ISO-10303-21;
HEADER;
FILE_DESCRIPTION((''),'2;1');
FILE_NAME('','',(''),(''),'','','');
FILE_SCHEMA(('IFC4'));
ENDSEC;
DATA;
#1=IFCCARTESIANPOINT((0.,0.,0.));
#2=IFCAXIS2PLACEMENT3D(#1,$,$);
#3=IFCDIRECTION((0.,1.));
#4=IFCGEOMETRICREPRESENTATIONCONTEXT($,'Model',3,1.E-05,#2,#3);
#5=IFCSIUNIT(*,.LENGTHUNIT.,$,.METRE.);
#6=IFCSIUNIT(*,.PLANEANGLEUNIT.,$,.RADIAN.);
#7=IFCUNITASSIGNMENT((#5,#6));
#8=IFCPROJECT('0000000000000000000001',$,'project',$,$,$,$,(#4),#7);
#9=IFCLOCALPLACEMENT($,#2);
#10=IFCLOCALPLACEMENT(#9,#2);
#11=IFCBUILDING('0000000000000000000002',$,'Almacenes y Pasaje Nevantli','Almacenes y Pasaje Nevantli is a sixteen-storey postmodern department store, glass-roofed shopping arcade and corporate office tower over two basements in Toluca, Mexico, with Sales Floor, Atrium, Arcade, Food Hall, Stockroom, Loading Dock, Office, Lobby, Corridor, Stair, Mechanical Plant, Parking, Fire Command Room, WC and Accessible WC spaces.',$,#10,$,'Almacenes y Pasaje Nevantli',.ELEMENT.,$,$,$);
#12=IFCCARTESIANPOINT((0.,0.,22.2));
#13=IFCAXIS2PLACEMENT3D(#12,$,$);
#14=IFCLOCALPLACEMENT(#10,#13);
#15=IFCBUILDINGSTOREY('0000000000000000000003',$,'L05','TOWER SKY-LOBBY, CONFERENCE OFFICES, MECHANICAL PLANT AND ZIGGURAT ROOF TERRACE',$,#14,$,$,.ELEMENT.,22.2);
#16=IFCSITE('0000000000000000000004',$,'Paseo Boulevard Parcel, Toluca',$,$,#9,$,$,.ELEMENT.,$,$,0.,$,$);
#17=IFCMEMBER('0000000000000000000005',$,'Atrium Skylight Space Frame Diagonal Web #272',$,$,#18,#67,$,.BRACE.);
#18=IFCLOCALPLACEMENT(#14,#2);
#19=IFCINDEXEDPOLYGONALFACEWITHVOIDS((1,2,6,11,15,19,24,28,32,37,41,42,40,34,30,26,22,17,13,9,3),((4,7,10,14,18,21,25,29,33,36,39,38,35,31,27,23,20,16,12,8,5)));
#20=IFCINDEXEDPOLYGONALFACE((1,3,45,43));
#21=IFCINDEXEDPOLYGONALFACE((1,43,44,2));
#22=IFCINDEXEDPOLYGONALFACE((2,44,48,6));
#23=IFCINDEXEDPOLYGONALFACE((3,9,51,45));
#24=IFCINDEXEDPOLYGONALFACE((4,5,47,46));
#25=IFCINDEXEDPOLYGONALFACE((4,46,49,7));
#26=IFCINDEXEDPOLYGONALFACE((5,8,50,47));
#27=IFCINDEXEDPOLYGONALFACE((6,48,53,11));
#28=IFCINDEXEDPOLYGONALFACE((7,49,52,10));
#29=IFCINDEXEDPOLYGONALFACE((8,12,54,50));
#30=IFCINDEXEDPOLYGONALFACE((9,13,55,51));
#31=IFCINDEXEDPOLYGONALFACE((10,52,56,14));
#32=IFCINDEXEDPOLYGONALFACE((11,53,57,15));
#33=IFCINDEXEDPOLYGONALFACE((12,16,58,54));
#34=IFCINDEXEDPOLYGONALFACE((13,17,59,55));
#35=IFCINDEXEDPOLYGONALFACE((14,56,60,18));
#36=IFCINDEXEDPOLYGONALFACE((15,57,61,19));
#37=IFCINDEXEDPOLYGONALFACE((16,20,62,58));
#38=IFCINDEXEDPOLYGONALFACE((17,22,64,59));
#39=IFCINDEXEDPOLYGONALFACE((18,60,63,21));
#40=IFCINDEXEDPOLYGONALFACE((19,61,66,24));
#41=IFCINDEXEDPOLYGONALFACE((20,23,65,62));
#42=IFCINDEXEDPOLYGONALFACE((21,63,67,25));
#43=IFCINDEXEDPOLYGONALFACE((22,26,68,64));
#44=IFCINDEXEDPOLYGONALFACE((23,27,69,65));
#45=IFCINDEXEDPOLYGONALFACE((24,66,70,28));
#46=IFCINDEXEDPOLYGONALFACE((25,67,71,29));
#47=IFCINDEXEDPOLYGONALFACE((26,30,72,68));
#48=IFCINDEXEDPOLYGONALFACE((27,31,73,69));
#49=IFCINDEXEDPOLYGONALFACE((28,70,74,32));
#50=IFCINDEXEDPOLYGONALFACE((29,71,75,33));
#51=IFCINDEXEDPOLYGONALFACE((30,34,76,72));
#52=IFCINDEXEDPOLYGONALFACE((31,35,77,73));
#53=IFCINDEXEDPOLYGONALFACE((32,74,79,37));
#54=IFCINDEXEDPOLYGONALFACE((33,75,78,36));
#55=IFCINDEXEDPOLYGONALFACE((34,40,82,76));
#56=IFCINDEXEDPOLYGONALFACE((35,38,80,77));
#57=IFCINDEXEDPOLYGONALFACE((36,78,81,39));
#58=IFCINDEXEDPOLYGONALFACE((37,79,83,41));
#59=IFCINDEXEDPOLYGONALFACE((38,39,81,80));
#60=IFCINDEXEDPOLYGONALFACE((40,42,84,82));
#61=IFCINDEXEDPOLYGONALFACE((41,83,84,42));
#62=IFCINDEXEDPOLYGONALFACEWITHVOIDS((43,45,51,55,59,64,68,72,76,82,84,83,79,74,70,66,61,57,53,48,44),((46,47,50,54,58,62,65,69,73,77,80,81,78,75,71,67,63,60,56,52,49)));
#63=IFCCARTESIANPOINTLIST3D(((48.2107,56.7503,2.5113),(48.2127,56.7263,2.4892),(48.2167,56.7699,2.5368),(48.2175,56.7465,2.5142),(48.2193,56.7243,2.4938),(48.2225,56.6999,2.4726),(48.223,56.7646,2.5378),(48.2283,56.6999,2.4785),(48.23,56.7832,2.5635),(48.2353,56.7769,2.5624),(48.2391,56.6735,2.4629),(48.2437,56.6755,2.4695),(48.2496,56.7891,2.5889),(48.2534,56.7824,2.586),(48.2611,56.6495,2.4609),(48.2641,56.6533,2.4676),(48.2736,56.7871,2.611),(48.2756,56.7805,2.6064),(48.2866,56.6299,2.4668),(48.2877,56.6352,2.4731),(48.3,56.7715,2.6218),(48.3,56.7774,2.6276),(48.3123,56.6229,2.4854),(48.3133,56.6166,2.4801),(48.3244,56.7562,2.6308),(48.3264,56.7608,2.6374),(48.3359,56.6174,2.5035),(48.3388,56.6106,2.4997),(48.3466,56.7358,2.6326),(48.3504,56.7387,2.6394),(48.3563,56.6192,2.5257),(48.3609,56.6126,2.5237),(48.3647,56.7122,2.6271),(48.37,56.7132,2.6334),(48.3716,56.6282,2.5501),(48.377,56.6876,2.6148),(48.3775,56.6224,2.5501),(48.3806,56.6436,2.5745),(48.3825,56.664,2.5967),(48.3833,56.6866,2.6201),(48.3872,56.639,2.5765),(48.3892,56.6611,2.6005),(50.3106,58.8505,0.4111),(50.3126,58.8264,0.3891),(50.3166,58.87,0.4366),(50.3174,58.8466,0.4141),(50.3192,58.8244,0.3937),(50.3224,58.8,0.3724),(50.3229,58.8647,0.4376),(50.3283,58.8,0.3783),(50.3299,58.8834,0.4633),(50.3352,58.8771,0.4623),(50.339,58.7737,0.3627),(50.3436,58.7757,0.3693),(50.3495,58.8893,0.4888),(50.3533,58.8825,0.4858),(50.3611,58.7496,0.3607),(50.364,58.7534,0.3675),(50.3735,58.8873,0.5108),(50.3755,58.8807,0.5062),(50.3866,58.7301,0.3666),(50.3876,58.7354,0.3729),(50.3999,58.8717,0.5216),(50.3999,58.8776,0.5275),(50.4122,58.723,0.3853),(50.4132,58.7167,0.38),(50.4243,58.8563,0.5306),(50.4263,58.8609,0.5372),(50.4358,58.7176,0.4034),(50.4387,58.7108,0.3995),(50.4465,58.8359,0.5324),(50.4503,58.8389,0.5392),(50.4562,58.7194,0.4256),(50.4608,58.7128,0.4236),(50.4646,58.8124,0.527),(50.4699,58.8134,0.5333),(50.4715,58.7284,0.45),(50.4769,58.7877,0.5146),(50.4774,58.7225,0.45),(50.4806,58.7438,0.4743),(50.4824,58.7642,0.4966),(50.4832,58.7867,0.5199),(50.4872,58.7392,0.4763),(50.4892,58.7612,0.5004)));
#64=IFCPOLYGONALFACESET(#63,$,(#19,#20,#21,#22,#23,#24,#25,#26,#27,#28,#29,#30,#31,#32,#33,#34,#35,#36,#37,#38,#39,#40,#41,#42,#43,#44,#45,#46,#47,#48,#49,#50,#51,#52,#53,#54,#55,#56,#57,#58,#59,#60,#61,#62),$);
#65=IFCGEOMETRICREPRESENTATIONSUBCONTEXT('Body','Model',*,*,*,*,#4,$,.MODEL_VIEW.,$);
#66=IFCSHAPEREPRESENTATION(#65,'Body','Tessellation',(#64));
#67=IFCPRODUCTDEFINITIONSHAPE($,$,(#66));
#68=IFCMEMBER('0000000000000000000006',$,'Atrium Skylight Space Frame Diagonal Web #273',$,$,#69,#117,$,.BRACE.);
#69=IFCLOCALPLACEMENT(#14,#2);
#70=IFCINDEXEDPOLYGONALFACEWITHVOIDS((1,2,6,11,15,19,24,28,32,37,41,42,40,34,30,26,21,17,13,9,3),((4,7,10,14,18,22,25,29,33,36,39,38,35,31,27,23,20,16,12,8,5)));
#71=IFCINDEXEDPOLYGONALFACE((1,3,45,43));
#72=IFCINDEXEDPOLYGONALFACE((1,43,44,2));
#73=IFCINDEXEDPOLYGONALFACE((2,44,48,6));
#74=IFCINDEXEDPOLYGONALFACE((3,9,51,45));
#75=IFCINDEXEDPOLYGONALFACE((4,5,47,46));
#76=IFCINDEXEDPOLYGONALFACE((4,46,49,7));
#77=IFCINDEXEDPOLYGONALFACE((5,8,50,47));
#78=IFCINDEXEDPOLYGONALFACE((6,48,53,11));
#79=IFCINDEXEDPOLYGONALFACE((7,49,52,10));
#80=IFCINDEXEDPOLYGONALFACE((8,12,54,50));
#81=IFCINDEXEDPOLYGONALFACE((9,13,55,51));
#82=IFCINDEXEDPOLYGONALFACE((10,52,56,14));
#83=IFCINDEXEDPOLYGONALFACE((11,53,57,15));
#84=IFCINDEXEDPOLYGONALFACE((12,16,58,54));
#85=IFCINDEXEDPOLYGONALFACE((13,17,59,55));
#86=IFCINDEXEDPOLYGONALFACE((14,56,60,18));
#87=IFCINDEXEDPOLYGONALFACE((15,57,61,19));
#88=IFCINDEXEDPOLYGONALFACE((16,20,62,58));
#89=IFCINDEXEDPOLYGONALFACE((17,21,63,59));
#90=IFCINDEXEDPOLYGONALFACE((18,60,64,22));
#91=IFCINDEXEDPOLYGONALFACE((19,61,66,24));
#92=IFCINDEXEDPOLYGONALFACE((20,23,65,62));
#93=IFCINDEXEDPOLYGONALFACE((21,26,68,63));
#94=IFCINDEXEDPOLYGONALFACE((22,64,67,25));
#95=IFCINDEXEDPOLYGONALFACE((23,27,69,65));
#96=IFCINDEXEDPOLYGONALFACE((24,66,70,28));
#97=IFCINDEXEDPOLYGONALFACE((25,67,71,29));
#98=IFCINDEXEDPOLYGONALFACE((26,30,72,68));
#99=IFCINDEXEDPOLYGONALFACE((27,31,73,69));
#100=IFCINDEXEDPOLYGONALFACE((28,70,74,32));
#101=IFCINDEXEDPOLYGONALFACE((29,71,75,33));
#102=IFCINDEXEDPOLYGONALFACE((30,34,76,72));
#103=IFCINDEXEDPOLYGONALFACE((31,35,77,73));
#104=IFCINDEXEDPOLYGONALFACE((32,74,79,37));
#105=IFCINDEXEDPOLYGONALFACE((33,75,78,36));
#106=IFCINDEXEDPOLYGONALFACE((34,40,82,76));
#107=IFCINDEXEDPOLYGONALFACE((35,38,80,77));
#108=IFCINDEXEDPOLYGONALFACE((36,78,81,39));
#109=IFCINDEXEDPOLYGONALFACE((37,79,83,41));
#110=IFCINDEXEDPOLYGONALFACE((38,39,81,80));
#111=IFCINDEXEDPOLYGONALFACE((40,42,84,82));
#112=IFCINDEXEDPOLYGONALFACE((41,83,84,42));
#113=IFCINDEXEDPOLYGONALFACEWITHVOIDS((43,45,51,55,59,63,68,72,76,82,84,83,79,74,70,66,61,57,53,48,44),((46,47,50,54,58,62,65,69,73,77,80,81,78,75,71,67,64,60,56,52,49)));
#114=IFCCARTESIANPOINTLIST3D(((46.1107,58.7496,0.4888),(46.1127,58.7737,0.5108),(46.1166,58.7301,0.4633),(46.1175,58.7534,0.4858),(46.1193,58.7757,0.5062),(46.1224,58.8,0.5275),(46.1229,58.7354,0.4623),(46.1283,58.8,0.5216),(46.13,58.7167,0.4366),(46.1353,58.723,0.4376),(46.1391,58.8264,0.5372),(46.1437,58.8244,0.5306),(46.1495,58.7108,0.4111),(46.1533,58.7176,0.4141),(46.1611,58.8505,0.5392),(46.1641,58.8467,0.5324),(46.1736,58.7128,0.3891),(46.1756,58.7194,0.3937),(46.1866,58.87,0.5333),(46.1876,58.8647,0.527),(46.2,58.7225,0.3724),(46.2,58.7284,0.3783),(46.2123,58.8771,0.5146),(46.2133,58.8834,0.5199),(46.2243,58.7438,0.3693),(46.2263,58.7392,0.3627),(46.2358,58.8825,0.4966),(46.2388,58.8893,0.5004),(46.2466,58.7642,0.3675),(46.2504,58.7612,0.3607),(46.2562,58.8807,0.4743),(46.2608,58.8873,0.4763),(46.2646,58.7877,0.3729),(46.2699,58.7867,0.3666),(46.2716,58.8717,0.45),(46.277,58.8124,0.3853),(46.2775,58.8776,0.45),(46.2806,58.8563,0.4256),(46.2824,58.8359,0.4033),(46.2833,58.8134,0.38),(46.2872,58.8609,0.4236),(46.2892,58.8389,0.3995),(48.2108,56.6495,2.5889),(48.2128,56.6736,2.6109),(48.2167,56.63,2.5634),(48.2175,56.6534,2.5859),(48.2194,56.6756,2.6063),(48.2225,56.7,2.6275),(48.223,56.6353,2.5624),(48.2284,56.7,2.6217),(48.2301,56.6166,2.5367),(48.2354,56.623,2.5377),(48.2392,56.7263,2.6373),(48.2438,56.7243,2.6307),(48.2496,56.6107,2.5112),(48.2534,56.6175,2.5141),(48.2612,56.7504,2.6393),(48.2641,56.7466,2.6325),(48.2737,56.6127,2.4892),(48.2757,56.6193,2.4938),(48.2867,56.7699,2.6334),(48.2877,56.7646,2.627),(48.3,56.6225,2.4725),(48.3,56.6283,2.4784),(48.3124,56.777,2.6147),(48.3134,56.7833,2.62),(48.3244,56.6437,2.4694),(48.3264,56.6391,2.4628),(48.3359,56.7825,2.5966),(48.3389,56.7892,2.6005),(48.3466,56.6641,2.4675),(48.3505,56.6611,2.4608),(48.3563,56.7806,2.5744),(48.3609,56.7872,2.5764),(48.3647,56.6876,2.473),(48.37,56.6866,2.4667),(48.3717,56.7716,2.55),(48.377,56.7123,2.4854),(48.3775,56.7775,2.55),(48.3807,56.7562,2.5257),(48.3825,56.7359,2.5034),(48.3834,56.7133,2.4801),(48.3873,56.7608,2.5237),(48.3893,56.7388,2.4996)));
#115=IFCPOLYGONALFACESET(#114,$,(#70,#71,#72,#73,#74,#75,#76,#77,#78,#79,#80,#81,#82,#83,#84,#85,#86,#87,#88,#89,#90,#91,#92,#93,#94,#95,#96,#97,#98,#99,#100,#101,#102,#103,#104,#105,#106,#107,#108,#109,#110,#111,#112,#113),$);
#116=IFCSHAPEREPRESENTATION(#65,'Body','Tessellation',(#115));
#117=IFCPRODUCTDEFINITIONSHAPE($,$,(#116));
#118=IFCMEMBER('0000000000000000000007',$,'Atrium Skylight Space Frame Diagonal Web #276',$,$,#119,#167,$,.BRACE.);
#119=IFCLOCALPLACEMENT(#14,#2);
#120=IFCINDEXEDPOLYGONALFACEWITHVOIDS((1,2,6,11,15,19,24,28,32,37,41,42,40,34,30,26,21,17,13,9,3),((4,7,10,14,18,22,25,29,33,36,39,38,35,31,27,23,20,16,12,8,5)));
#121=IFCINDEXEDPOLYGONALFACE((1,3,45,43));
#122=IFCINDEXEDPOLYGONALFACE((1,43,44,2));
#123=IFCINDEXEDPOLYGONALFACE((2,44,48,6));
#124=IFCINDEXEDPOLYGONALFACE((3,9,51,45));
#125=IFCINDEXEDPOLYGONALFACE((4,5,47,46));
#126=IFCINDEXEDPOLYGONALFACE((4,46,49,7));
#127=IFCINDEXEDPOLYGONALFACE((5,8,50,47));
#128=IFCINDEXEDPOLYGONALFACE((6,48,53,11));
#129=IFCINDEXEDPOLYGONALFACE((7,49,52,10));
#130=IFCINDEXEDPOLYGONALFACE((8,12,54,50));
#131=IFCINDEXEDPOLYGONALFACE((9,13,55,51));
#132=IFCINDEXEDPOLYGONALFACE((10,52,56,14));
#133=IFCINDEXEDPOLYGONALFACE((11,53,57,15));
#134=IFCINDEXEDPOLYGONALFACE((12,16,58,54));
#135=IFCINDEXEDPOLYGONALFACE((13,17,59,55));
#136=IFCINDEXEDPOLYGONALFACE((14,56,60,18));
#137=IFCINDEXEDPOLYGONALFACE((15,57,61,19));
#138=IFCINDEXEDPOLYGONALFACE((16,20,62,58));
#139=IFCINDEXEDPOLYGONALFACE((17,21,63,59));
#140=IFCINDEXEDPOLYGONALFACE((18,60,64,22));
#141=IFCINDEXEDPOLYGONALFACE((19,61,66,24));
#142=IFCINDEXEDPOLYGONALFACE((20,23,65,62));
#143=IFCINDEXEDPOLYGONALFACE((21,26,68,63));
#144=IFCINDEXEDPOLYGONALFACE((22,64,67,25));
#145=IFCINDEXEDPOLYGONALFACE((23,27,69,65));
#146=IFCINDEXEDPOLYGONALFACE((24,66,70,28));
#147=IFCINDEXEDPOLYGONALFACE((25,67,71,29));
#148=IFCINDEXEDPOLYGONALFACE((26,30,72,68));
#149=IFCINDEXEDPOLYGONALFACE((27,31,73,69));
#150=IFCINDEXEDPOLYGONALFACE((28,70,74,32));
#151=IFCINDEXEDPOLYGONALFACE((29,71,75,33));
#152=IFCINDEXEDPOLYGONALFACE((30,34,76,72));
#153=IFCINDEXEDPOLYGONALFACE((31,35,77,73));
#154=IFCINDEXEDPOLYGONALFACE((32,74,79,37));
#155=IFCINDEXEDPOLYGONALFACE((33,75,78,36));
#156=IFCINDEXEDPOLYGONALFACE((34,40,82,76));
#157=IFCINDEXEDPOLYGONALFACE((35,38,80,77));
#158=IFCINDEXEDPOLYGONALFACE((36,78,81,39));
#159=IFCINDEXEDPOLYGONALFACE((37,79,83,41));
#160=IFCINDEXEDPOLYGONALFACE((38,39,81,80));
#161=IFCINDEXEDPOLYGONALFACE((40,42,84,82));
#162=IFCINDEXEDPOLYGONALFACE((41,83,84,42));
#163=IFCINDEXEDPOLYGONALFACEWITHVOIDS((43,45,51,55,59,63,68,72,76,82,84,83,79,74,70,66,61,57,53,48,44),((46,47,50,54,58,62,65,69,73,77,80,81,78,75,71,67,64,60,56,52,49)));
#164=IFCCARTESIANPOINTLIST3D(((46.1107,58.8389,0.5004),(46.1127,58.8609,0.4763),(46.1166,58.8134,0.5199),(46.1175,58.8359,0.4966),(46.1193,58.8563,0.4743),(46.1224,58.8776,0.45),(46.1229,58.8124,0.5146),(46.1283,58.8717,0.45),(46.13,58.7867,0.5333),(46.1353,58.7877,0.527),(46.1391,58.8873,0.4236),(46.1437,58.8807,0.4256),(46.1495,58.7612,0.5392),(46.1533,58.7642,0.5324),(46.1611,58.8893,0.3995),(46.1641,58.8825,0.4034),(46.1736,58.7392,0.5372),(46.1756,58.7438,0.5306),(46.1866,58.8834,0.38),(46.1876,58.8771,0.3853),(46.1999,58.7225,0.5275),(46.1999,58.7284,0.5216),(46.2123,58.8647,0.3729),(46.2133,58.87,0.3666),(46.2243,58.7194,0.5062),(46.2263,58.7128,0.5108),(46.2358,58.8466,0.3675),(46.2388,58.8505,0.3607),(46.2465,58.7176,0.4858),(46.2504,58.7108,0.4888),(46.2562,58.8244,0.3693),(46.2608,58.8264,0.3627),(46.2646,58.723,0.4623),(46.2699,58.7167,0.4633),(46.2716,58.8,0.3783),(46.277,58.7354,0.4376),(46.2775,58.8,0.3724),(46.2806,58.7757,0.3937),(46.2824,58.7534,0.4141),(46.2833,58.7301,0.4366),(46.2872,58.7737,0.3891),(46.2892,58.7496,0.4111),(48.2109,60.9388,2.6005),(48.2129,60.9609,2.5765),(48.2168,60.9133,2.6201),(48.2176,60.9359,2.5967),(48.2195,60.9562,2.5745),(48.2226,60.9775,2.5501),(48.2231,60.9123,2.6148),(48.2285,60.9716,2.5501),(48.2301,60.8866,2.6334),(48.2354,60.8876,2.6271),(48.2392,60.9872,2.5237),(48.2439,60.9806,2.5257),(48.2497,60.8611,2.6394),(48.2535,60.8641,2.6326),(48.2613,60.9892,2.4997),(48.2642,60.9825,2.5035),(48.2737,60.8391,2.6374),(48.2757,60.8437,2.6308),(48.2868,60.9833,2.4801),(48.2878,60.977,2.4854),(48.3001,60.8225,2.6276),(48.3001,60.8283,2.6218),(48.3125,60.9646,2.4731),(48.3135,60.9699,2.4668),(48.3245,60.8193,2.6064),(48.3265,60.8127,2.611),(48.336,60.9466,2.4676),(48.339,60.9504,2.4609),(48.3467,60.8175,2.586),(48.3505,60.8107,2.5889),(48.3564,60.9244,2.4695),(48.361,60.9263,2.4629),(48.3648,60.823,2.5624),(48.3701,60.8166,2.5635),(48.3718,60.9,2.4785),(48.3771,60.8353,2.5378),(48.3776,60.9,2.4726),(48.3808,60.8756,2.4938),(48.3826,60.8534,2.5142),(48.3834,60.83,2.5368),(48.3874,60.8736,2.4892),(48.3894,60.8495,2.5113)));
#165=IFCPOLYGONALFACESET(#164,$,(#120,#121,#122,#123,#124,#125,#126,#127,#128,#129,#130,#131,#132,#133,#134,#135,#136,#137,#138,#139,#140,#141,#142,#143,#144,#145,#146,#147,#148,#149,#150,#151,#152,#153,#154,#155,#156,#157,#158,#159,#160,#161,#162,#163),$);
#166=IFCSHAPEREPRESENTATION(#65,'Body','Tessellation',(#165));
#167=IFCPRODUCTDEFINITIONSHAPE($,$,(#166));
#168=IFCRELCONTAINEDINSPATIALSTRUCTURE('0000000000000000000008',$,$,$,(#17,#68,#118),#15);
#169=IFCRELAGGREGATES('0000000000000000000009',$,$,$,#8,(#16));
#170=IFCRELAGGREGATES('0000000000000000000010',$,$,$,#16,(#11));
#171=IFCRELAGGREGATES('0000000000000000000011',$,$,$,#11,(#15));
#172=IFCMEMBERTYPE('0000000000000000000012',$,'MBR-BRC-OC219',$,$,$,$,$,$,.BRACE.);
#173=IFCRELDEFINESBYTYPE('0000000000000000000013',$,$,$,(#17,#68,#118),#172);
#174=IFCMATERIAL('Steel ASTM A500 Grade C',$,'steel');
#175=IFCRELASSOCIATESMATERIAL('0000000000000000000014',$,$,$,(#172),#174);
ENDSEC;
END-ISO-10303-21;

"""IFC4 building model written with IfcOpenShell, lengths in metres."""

from ifc_helpers import new_model, si_unit, direction, frame, origin, origin_2d, place, context, subcontext, project, spatial, hollow_circle, extrude, material, material_profile, profile_set, type_object, element, save


model = new_model("IFC4")

# Units and contexts
model_context = context("Model", 3, precision=1e-05, world=origin(), true_north=direction((0.0, 1.0)))
body_context = subcontext(model_context, "Body", "Model", "MODEL_VIEW")
ifc_project = project(units=[si_unit("LENGTHUNIT", "METRE"), si_unit("PLANEANGLEUNIT", "RADIAN")], contexts=[model_context])

# Site, building, storey
site_placement = place(None, origin())
site = spatial("IfcSite", under=ifc_project, at=site_placement, Name="Paseo Boulevard Parcel, Toluca", CompositionType="ELEMENT", RefElevation=0.0)
building_placement = place(site_placement, origin())
building = spatial("IfcBuilding", under=site, at=building_placement, Name="Almacenes y Pasaje Nevantli", Description="Almacenes y Pasaje Nevantli is a sixteen-storey postmodern department store, glass-roofed shopping arcade and corporate office tower over two basements in Toluca, Mexico, with Sales Floor, Atrium, Arcade, Food Hall, Stockroom, Loading Dock, Office, Lobby, Corridor, Stair, Mechanical Plant, Parking, Fire Command Room, WC and Accessible WC spaces.", LongName="Almacenes y Pasaje Nevantli", CompositionType="ELEMENT")
storey_placement = place(building_placement, frame((0.0, 0.0, 22.2)))
storey = spatial("IfcBuildingStorey", under=building, at=storey_placement, Name="L05", Description="TOWER SKY-LOBBY, CONFERENCE OFFICES, MECHANICAL PLANT AND ZIGGURAT ROOF TERRACE", CompositionType="ELEMENT", Elevation=22.2)

# Members
ifc_material_1 = material(Name="Steel ASTM A500 Grade C", Category="steel")
ifc_material_profile_1 = material_profile(ifc_material_1, hollow_circle(Radius=0.1096, WallThickness=0.0083, at=origin_2d()), Name="OC 219x8.2")
ifc_profile_set_1 = profile_set([ifc_material_profile_1], Name="Steel ASTM A500 Grade C")
member_type_1 = type_object("IfcMemberType", Name="MBR-BRC-OC219", PredefinedType="BRACE", material=ifc_profile_set_1)
for number, where, z_axis, x_axis, name in (
    (1, (50.3999, 58.8, 0.45), (-0.577306, -0.577373, 0.577373), (0.707148, -0.707066, 0.0), "Atrium Skylight Space Frame Diagonal Web #272"),
    (2, (46.2, 58.8, 0.45), (0.57735, -0.57735, 0.57735), (0.707107, 0.707107, 0.0), "Atrium Skylight Space Frame Diagonal Web #273"),
    (3, (46.2, 58.8, 0.45), (0.577373, 0.577306, 0.577373), (-0.707066, 0.707148, 0.0), "Atrium Skylight Space Frame Diagonal Web #276"),
):
    element("IfcMember", number, at=place(storey_placement, frame(where, z_axis=z_axis, x_axis=x_axis)), inside=storey, type_object=member_type_1, Name=name, PredefinedType="BRACE", context=body_context, shape_type="SweptSolid", body=[
        extrude(hollow_circle(Radius=0.1096, WallThickness=0.0083, at=origin_2d()), origin(), (0.0, 0.0, 1.0), 3.6375),
    ])

save(model, "model.ifc")
